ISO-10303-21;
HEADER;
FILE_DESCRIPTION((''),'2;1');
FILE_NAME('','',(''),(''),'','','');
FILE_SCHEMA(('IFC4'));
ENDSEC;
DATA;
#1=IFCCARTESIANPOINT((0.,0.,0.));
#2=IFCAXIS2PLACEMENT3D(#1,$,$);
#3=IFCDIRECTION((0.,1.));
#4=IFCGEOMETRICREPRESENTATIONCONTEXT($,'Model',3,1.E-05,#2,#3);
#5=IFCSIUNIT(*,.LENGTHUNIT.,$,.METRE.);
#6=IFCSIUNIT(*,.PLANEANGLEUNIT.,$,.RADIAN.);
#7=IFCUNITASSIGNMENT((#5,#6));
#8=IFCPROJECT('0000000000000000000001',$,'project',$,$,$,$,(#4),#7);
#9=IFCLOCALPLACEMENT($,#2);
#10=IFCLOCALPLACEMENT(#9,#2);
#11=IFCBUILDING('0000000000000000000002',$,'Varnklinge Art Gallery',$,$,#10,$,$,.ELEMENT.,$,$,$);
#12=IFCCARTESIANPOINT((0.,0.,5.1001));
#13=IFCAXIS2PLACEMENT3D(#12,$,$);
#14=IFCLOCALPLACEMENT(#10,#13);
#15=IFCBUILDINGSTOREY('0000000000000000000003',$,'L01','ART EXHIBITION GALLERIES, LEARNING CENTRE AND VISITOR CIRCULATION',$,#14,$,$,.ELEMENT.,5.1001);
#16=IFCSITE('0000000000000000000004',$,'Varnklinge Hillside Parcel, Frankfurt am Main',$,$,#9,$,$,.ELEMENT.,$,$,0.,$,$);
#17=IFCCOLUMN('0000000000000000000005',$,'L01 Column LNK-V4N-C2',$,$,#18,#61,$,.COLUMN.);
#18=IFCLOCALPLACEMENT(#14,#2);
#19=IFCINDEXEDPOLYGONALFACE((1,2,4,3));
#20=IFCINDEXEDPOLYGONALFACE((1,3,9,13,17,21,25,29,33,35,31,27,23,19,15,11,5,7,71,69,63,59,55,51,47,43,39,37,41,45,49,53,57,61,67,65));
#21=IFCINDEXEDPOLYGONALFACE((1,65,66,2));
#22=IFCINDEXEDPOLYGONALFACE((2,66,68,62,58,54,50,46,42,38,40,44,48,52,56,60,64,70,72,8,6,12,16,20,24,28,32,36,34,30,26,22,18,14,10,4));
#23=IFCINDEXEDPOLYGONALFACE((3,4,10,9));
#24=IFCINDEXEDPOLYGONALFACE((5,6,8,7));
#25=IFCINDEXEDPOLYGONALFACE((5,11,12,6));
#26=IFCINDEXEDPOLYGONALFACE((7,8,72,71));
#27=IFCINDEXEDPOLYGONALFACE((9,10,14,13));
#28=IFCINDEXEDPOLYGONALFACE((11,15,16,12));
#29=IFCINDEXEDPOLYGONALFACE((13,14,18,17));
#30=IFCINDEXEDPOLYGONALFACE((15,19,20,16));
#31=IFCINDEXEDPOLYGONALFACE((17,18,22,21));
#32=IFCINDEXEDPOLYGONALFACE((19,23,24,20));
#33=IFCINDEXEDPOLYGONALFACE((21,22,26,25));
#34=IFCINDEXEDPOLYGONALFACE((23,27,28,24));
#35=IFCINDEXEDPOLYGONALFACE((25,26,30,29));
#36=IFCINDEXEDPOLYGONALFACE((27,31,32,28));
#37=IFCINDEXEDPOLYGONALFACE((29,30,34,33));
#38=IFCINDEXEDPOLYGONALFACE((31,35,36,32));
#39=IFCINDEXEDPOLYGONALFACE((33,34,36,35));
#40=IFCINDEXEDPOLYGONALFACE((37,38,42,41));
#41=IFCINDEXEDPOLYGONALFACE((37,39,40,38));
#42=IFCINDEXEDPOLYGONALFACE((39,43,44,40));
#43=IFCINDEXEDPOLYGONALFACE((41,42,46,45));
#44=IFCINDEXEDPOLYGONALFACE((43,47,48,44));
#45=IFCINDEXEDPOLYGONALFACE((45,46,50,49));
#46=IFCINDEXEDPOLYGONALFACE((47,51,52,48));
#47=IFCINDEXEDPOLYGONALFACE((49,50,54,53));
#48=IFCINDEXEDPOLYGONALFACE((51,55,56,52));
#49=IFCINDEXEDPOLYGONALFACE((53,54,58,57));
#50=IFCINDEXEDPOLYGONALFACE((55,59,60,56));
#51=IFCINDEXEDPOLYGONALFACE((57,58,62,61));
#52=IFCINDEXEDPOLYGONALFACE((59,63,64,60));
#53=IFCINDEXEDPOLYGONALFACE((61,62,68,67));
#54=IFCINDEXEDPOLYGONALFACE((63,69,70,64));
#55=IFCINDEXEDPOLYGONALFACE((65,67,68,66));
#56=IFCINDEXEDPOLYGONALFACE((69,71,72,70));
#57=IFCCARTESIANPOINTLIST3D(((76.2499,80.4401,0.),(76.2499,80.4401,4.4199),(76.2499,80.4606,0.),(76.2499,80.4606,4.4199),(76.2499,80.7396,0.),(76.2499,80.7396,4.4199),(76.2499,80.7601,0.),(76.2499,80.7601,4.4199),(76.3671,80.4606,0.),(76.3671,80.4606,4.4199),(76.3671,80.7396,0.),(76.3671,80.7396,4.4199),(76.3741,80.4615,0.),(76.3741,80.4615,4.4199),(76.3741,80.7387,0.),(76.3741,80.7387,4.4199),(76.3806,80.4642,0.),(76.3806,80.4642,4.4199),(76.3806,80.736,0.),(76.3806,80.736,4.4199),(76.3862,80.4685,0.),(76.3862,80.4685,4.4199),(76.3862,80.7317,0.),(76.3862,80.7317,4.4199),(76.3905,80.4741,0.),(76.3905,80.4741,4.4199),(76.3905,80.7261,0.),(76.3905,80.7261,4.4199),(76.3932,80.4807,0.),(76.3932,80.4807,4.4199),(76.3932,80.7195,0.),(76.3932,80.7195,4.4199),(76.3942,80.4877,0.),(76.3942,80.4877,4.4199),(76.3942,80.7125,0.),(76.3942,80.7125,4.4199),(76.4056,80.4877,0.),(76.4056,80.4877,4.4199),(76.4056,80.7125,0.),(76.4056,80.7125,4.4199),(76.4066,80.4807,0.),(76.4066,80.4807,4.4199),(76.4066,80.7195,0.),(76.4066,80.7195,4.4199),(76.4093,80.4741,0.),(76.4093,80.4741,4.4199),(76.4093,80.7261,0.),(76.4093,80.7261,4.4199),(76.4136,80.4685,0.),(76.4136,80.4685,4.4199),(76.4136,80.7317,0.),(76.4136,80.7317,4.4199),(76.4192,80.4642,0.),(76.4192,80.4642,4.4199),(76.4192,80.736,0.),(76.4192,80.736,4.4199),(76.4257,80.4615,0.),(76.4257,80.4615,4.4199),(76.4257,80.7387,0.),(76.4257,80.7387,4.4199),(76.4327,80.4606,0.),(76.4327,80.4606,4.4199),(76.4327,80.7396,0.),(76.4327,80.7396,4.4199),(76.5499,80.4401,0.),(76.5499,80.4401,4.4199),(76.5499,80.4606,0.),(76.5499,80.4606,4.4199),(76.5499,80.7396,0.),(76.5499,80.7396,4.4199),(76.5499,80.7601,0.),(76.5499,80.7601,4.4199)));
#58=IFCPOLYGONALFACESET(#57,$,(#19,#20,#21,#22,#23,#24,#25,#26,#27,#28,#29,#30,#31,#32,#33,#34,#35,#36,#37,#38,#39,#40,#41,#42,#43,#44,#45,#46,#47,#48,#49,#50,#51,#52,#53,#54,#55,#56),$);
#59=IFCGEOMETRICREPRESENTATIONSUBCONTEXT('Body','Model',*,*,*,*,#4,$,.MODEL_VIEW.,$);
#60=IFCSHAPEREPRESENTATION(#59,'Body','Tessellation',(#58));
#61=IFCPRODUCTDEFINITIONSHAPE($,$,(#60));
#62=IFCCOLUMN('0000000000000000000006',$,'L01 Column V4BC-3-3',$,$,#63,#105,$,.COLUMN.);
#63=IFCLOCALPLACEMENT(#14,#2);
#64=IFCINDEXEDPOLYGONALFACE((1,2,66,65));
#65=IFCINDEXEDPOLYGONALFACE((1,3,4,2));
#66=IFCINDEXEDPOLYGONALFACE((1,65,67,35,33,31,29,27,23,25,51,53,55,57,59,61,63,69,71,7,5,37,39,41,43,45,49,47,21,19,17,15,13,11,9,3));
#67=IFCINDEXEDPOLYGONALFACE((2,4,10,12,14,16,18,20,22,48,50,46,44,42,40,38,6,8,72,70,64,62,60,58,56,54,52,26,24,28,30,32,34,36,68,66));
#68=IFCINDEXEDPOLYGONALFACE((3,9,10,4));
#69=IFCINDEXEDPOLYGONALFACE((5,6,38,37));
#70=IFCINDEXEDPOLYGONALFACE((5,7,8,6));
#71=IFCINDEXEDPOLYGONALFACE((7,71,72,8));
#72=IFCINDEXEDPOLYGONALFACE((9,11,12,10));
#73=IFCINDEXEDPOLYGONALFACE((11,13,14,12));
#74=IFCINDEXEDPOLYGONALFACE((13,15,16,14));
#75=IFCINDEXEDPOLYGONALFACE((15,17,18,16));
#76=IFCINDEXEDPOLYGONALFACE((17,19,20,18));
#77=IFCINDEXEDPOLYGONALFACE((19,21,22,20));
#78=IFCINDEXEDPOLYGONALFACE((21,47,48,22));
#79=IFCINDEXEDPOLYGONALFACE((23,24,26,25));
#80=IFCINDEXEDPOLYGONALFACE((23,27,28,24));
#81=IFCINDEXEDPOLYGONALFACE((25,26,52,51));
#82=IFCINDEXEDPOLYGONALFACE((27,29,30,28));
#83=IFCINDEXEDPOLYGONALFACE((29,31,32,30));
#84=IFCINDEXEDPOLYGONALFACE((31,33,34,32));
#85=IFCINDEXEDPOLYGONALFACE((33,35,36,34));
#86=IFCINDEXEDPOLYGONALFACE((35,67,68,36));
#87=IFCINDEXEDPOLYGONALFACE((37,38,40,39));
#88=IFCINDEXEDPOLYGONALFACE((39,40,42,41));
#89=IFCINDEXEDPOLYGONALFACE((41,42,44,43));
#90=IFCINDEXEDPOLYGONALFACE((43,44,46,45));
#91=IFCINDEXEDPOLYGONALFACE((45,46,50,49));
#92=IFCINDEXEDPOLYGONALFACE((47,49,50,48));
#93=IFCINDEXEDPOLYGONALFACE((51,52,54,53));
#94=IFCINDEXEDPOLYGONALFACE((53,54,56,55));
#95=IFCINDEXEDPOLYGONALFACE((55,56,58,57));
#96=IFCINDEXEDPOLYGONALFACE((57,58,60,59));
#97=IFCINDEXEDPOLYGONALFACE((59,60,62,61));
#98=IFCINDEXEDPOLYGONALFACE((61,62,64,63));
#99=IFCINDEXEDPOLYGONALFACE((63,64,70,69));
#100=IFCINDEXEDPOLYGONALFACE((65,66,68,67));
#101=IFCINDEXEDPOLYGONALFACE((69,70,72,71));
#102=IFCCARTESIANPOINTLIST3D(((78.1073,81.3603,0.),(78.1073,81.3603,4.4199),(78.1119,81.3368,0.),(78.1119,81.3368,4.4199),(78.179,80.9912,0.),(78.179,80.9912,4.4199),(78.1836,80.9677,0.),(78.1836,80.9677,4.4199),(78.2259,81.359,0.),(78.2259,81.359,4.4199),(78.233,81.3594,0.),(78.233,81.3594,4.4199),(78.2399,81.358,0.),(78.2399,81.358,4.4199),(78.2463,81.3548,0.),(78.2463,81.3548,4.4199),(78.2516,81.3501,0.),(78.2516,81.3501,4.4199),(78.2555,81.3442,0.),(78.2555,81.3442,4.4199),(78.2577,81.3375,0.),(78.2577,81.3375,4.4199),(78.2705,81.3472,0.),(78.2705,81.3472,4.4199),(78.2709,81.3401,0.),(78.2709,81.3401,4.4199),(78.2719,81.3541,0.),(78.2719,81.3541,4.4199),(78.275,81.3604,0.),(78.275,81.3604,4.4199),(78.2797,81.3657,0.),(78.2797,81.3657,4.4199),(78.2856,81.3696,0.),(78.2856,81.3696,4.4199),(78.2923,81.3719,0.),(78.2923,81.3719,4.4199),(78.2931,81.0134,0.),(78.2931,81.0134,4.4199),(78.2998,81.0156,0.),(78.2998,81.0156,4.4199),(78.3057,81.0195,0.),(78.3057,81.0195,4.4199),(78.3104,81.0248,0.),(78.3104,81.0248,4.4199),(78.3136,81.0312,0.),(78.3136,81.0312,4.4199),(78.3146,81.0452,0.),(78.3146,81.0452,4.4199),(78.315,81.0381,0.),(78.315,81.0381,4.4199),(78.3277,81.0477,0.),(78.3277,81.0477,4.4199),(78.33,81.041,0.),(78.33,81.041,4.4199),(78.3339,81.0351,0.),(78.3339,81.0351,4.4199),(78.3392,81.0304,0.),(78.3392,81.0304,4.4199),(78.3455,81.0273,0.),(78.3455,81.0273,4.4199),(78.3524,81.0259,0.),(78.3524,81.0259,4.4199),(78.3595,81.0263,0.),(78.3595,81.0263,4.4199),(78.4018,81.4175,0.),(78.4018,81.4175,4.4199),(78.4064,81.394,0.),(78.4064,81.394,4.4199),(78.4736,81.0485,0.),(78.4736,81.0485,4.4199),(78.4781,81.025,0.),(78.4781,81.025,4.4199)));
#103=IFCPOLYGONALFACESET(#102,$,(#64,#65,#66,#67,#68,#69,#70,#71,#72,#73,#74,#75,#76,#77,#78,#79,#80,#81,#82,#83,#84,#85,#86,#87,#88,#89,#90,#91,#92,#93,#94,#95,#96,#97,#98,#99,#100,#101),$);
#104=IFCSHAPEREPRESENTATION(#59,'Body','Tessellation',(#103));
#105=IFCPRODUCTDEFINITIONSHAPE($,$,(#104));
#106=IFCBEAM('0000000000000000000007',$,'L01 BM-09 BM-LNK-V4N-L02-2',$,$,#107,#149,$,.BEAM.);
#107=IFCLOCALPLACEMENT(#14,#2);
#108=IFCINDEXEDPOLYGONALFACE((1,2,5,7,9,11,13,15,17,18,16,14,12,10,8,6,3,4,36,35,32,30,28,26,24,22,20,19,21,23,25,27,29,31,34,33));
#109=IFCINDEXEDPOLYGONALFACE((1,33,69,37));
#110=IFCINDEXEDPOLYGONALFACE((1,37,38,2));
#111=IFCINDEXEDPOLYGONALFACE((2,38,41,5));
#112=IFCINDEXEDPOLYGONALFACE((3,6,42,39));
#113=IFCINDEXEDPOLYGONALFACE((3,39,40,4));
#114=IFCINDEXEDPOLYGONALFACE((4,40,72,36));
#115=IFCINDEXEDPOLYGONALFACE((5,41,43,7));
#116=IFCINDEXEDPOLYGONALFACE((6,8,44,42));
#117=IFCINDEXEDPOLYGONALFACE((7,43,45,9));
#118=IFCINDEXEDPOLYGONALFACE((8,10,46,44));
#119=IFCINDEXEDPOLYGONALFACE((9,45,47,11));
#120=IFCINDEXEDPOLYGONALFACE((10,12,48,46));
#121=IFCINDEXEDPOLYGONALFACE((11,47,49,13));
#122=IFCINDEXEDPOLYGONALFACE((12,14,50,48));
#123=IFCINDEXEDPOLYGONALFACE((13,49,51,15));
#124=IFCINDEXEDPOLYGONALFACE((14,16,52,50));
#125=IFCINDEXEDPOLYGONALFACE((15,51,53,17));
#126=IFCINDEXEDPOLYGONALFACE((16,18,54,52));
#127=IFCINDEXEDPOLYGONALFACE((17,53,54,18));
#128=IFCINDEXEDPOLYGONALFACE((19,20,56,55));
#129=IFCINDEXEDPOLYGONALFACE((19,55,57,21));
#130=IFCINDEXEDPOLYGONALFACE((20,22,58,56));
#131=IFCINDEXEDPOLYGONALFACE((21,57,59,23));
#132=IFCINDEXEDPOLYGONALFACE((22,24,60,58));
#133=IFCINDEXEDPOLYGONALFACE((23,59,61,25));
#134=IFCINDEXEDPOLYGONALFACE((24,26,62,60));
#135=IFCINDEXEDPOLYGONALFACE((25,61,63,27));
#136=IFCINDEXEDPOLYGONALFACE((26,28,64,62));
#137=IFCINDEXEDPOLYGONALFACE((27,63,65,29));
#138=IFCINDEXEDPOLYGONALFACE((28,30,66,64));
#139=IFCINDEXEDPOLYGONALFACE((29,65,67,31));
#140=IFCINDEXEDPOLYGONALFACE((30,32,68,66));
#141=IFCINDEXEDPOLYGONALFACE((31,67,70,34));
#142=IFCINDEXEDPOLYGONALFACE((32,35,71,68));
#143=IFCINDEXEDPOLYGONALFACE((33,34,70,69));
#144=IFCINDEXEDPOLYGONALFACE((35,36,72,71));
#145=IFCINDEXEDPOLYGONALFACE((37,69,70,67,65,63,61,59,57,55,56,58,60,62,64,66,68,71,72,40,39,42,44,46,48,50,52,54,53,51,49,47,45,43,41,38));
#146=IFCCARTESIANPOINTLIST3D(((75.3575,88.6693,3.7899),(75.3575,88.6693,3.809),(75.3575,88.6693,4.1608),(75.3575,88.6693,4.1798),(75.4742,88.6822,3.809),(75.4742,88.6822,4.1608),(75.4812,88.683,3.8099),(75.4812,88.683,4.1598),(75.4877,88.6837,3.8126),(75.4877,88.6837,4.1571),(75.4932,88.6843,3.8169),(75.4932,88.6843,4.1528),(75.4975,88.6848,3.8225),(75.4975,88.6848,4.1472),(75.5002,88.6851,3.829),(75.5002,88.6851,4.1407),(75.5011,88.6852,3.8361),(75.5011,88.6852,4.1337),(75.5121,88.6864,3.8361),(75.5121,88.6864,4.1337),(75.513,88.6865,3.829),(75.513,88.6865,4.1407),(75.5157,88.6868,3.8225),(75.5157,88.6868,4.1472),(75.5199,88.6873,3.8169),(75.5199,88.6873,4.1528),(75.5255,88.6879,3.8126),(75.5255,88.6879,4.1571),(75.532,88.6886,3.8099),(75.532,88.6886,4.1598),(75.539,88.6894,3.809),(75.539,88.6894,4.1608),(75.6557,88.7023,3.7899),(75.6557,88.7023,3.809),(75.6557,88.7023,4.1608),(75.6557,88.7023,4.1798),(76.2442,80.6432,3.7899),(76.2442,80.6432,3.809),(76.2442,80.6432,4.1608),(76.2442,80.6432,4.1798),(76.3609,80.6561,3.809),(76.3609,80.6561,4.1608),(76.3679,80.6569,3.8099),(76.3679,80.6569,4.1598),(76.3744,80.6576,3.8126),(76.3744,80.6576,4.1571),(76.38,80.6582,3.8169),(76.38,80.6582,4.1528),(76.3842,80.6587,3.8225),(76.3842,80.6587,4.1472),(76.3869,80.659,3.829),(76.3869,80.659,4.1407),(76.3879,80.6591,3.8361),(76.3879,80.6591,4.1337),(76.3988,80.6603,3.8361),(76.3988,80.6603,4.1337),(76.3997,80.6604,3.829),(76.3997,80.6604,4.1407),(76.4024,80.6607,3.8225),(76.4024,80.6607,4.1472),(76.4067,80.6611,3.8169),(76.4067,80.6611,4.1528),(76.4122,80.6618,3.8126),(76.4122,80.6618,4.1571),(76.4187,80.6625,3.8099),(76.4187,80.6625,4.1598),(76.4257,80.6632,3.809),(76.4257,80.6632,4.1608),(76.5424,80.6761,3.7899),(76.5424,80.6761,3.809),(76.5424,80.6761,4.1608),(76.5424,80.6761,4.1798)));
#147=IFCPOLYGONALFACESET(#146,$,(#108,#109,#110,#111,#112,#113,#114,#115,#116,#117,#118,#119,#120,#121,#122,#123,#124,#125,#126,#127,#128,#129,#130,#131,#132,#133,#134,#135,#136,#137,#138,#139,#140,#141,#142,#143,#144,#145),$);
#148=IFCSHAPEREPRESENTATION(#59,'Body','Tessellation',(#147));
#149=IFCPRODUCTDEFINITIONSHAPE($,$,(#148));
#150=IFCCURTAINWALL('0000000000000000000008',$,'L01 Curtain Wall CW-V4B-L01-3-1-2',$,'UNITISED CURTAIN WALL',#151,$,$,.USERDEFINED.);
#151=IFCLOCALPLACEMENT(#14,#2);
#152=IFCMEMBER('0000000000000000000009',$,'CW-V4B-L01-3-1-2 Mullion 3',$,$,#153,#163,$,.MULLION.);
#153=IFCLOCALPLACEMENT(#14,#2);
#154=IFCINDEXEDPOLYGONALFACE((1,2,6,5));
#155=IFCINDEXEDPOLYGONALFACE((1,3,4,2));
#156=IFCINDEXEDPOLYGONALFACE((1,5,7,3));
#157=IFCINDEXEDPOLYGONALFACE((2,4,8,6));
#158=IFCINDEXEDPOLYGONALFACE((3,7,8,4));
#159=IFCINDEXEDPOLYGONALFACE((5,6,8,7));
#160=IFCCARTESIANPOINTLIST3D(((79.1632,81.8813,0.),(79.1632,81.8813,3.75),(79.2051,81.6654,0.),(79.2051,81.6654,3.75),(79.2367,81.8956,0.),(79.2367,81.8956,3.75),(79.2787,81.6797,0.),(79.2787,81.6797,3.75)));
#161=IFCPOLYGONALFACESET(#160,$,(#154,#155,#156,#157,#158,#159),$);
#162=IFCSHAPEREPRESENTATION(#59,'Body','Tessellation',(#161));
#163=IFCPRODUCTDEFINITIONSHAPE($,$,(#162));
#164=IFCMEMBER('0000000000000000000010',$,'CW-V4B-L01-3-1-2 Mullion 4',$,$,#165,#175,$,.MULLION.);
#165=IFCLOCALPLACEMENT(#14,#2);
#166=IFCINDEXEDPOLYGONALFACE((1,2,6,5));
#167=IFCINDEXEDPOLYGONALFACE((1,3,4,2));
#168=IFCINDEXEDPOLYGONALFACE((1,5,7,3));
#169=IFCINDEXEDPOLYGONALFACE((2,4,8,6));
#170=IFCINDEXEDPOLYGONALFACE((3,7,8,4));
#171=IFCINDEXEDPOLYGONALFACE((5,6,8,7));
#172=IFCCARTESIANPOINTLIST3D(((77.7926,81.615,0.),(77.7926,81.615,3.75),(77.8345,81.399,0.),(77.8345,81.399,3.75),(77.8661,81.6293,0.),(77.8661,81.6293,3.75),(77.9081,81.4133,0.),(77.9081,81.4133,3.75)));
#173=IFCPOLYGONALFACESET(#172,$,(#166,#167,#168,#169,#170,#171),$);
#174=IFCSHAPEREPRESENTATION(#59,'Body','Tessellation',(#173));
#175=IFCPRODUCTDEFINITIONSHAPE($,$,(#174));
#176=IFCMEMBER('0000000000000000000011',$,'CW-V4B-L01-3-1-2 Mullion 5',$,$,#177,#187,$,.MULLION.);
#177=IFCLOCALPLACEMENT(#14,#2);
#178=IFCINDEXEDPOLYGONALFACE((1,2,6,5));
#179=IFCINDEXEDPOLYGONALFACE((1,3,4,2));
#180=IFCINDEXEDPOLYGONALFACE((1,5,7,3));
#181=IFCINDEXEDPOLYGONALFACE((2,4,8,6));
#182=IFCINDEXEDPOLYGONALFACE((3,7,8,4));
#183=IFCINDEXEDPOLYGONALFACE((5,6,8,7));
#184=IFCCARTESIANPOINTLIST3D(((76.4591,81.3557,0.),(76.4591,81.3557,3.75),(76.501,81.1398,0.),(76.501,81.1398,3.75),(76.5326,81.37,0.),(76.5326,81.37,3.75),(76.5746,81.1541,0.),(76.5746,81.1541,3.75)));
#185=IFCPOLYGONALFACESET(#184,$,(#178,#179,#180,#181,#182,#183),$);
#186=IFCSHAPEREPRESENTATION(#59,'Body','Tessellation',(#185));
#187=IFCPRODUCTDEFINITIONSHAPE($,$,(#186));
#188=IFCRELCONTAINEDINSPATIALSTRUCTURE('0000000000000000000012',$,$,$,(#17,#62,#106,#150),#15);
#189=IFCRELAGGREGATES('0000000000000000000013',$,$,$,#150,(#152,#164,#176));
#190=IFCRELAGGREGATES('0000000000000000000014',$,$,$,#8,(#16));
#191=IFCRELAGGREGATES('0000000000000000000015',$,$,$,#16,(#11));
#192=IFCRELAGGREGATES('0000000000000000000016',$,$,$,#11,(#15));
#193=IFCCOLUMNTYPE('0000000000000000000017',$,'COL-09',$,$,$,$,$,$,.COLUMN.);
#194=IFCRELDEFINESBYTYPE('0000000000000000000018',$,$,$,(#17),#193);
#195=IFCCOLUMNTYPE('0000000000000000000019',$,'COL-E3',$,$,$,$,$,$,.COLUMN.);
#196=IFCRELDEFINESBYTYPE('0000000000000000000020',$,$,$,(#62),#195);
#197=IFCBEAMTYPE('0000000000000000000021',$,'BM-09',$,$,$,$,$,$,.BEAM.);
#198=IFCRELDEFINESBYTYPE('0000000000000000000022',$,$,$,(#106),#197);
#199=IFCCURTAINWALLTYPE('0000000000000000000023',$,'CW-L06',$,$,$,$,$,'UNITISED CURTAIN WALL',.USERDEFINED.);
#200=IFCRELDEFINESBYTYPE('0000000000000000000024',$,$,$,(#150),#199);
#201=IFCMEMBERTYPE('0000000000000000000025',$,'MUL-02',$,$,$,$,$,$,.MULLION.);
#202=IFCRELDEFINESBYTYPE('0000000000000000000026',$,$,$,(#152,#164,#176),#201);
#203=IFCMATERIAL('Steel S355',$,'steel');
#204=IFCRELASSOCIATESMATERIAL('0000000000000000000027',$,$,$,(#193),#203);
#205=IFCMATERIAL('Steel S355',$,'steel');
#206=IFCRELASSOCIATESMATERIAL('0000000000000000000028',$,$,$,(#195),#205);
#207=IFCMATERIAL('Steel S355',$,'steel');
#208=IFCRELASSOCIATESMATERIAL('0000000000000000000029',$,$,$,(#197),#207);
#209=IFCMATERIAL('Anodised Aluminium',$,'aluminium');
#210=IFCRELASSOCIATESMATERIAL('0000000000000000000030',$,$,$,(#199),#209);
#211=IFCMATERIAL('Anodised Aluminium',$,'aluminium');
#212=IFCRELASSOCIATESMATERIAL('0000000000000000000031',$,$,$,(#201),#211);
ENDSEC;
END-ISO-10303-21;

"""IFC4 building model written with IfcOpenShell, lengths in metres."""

from ifc_helpers import new_model, si_unit, direction, frame, origin, origin_2d, place, context, subcontext, project, spatial, rectangle, i_section, extrude, material, material_profile, profile_set, type_object, element, aggregate, save


model = new_model("IFC4")

# Units and contexts
model_context = context("Model", 3, precision=1e-05, world=origin(), true_north=direction((0.0, 1.0)))
body_context = subcontext(model_context, "Body", "Model", "MODEL_VIEW")
ifc_project = project(units=[si_unit("LENGTHUNIT", "METRE"), si_unit("PLANEANGLEUNIT", "RADIAN")], contexts=[model_context])

# Site, building, storey
site_placement = place(None, origin())
site = spatial("IfcSite", under=ifc_project, at=site_placement, Name="Varnklinge Hillside Parcel, Frankfurt am Main", CompositionType="ELEMENT", RefElevation=0.0)
building_placement = place(site_placement, origin())
building = spatial("IfcBuilding", under=site, at=building_placement, Name="Varnklinge Art Gallery", CompositionType="ELEMENT")
storey_placement = place(building_placement, frame((0.0, 0.0, 5.1001)))
storey = spatial("IfcBuildingStorey", under=building, at=storey_placement, Name="L01", Description="ART EXHIBITION GALLERIES, LEARNING CENTRE AND VISITOR CIRCULATION", CompositionType="ELEMENT", Elevation=5.1001)

# Columns
ifc_material_1 = material(Name="Steel S355", Category="steel")
ifc_material_profile_1 = material_profile(ifc_material_1, i_section(OverallWidth=0.3, OverallDepth=0.3201, WebThickness=0.0115, FlangeThickness=0.0205, FilletRadius=0.0271, at=origin_2d()), Name="HEB 320")
ifc_profile_set_1 = profile_set([ifc_material_profile_1], Name="Steel S355")
column_type_1 = type_object("IfcColumnType", Name="COL-09", PredefinedType="COLUMN", material=ifc_profile_set_1)
column_1_placement = place(storey_placement, frame((76.3999, 80.6001, 0.0), z_axis=(0.0, 0.0, 1.0), x_axis=(1.0, 0.0, 0.0)))
element("IfcColumn", 1, at=column_1_placement, inside=storey, type_object=column_type_1, Name="L01 Column LNK-V4N-C2", PredefinedType="COLUMN", context=body_context, shape_type="SweptSolid", body=[
    extrude(i_section(OverallWidth=0.3, OverallDepth=0.3201, WebThickness=0.0115, FlangeThickness=0.0205, FilletRadius=0.0271, at=origin_2d()), origin(), (0.0, 0.0, 1.0), 4.4199),
])
ifc_material_2 = material(Name="Steel S355", Category="steel")
ifc_material_profile_2 = material_profile(ifc_material_2, i_section(OverallWidth=0.3, OverallDepth=0.3999, WebThickness=0.0134, FlangeThickness=0.0239, FilletRadius=0.0271, at=origin_2d()), Name="HEB 400")
ifc_profile_set_2 = profile_set([ifc_material_profile_2], Name="Steel S355")
column_type_2 = type_object("IfcColumnType", Name="COL-E3", PredefinedType="COLUMN", material=ifc_profile_set_2)
column_2_placement = place(storey_placement, frame((78.2927, 81.1926, 0.0), z_axis=(0.0, 0.0, 1.0), x_axis=(0.981627, 0.190809, 0.0)))
element("IfcColumn", 2, at=column_2_placement, inside=storey, type_object=column_type_2, Name="L01 Column V4BC-3-3", PredefinedType="COLUMN", context=body_context, shape_type="SweptSolid", body=[
    extrude(i_section(OverallWidth=0.3, OverallDepth=0.3999, WebThickness=0.0134, FlangeThickness=0.0239, FilletRadius=0.0271, at=origin_2d()), origin(), (0.0, 0.0, 1.0), 4.4199),
])

# Beam
ifc_material_3 = material(Name="Steel S355", Category="steel")
ifc_material_profile_3 = material_profile(ifc_material_3, i_section(OverallWidth=0.3, OverallDepth=0.3899, WebThickness=0.011, FlangeThickness=0.019, FilletRadius=0.0271, at=origin_2d()), Name="HEA 400")
ifc_profile_set_3 = profile_set([ifc_material_profile_3], Name="Steel S355")
beam_type_1 = type_object("IfcBeamType", Name="BM-09", PredefinedType="BEAM", material=ifc_profile_set_3)
beam_1_placement = place(storey_placement, frame((76.3933, 80.6597, 3.9849), z_axis=(-0.109811, 0.993952, 0.0), x_axis=(-0.993952, -0.109811, 0.0)))
element("IfcBeam", 3, at=beam_1_placement, inside=storey, type_object=beam_type_1, Name="L01 BM-09 BM-LNK-V4N-L02-2", PredefinedType="BEAM", context=body_context, shape_type="SweptSolid", body=[
    extrude(i_section(OverallWidth=0.3, OverallDepth=0.3899, WebThickness=0.011, FlangeThickness=0.019, FilletRadius=0.0271, at=origin_2d()), origin(), (0.0, 0.0, 1.0), 8.075),
])

# Curtain wall, members
ifc_material_4 = material(Name="Anodised Aluminium", Category="aluminium")
curtain_wall_type = type_object("IfcCurtainWallType", Name="CW-L06", ElementType="UNITISED CURTAIN WALL", PredefinedType="USERDEFINED", material=ifc_material_4)
curtain_wall_placement = place(storey_placement, origin())
curtain_wall = element("IfcCurtainWall", 4, at=curtain_wall_placement, inside=storey, type_object=curtain_wall_type, Name="L01 Curtain Wall CW-V4B-L01-3-1-2", ObjectType="UNITISED CURTAIN WALL", PredefinedType="USERDEFINED")
ifc_material_5 = material(Name="Anodised Aluminium", Category="aluminium")
ifc_material_profile_4 = material_profile(ifc_material_5, rectangle(XDim=0.075, YDim=0.22, at=origin_2d()), Name="ALU 75x220")
ifc_profile_set_4 = profile_set([ifc_material_profile_4], Name="Anodised Aluminium")
member_type = type_object("IfcMemberType", Name="MUL-02", PredefinedType="MULLION", material=ifc_profile_set_4)
member_1_placement = place(storey_placement, frame((79.2209, 81.7805, 0.0), z_axis=(0.0, 0.0, 1.0), x_axis=(-0.981627, -0.190809, 0.0)))
member_1 = element("IfcMember", 5, at=member_1_placement, type_object=member_type, Name="CW-V4B-L01-3-1-2 Mullion 3", PredefinedType="MULLION", context=body_context, shape_type="SweptSolid", body=[
    extrude(rectangle(XDim=0.075, YDim=0.22, at=origin_2d()), origin(), (0.0, 0.0, 1.0), 3.75),
])
member_2_placement = place(storey_placement, frame((77.8503, 81.5142, 0.0), z_axis=(0.0, 0.0, 1.0), x_axis=(-0.981627, -0.190809, 0.0)))
member_2 = element("IfcMember", 6, at=member_2_placement, type_object=member_type, Name="CW-V4B-L01-3-1-2 Mullion 4", PredefinedType="MULLION", context=body_context, shape_type="SweptSolid", body=[
    extrude(rectangle(XDim=0.075, YDim=0.22, at=origin_2d()), origin(), (0.0, 0.0, 1.0), 3.75),
])
member_3_placement = place(storey_placement, frame((76.5168, 81.2549, 0.0), z_axis=(0.0, 0.0, 1.0), x_axis=(-0.981627, -0.190809, 0.0)))
member_3 = element("IfcMember", 7, at=member_3_placement, type_object=member_type, Name="CW-V4B-L01-3-1-2 Mullion 5", PredefinedType="MULLION", context=body_context, shape_type="SweptSolid", body=[
    extrude(rectangle(XDim=0.075, YDim=0.22, at=origin_2d()), origin(), (0.0, 0.0, 1.0), 3.75),
])

aggregate(curtain_wall, [member_1, member_2, member_3])

save(model, "model.ifc")
